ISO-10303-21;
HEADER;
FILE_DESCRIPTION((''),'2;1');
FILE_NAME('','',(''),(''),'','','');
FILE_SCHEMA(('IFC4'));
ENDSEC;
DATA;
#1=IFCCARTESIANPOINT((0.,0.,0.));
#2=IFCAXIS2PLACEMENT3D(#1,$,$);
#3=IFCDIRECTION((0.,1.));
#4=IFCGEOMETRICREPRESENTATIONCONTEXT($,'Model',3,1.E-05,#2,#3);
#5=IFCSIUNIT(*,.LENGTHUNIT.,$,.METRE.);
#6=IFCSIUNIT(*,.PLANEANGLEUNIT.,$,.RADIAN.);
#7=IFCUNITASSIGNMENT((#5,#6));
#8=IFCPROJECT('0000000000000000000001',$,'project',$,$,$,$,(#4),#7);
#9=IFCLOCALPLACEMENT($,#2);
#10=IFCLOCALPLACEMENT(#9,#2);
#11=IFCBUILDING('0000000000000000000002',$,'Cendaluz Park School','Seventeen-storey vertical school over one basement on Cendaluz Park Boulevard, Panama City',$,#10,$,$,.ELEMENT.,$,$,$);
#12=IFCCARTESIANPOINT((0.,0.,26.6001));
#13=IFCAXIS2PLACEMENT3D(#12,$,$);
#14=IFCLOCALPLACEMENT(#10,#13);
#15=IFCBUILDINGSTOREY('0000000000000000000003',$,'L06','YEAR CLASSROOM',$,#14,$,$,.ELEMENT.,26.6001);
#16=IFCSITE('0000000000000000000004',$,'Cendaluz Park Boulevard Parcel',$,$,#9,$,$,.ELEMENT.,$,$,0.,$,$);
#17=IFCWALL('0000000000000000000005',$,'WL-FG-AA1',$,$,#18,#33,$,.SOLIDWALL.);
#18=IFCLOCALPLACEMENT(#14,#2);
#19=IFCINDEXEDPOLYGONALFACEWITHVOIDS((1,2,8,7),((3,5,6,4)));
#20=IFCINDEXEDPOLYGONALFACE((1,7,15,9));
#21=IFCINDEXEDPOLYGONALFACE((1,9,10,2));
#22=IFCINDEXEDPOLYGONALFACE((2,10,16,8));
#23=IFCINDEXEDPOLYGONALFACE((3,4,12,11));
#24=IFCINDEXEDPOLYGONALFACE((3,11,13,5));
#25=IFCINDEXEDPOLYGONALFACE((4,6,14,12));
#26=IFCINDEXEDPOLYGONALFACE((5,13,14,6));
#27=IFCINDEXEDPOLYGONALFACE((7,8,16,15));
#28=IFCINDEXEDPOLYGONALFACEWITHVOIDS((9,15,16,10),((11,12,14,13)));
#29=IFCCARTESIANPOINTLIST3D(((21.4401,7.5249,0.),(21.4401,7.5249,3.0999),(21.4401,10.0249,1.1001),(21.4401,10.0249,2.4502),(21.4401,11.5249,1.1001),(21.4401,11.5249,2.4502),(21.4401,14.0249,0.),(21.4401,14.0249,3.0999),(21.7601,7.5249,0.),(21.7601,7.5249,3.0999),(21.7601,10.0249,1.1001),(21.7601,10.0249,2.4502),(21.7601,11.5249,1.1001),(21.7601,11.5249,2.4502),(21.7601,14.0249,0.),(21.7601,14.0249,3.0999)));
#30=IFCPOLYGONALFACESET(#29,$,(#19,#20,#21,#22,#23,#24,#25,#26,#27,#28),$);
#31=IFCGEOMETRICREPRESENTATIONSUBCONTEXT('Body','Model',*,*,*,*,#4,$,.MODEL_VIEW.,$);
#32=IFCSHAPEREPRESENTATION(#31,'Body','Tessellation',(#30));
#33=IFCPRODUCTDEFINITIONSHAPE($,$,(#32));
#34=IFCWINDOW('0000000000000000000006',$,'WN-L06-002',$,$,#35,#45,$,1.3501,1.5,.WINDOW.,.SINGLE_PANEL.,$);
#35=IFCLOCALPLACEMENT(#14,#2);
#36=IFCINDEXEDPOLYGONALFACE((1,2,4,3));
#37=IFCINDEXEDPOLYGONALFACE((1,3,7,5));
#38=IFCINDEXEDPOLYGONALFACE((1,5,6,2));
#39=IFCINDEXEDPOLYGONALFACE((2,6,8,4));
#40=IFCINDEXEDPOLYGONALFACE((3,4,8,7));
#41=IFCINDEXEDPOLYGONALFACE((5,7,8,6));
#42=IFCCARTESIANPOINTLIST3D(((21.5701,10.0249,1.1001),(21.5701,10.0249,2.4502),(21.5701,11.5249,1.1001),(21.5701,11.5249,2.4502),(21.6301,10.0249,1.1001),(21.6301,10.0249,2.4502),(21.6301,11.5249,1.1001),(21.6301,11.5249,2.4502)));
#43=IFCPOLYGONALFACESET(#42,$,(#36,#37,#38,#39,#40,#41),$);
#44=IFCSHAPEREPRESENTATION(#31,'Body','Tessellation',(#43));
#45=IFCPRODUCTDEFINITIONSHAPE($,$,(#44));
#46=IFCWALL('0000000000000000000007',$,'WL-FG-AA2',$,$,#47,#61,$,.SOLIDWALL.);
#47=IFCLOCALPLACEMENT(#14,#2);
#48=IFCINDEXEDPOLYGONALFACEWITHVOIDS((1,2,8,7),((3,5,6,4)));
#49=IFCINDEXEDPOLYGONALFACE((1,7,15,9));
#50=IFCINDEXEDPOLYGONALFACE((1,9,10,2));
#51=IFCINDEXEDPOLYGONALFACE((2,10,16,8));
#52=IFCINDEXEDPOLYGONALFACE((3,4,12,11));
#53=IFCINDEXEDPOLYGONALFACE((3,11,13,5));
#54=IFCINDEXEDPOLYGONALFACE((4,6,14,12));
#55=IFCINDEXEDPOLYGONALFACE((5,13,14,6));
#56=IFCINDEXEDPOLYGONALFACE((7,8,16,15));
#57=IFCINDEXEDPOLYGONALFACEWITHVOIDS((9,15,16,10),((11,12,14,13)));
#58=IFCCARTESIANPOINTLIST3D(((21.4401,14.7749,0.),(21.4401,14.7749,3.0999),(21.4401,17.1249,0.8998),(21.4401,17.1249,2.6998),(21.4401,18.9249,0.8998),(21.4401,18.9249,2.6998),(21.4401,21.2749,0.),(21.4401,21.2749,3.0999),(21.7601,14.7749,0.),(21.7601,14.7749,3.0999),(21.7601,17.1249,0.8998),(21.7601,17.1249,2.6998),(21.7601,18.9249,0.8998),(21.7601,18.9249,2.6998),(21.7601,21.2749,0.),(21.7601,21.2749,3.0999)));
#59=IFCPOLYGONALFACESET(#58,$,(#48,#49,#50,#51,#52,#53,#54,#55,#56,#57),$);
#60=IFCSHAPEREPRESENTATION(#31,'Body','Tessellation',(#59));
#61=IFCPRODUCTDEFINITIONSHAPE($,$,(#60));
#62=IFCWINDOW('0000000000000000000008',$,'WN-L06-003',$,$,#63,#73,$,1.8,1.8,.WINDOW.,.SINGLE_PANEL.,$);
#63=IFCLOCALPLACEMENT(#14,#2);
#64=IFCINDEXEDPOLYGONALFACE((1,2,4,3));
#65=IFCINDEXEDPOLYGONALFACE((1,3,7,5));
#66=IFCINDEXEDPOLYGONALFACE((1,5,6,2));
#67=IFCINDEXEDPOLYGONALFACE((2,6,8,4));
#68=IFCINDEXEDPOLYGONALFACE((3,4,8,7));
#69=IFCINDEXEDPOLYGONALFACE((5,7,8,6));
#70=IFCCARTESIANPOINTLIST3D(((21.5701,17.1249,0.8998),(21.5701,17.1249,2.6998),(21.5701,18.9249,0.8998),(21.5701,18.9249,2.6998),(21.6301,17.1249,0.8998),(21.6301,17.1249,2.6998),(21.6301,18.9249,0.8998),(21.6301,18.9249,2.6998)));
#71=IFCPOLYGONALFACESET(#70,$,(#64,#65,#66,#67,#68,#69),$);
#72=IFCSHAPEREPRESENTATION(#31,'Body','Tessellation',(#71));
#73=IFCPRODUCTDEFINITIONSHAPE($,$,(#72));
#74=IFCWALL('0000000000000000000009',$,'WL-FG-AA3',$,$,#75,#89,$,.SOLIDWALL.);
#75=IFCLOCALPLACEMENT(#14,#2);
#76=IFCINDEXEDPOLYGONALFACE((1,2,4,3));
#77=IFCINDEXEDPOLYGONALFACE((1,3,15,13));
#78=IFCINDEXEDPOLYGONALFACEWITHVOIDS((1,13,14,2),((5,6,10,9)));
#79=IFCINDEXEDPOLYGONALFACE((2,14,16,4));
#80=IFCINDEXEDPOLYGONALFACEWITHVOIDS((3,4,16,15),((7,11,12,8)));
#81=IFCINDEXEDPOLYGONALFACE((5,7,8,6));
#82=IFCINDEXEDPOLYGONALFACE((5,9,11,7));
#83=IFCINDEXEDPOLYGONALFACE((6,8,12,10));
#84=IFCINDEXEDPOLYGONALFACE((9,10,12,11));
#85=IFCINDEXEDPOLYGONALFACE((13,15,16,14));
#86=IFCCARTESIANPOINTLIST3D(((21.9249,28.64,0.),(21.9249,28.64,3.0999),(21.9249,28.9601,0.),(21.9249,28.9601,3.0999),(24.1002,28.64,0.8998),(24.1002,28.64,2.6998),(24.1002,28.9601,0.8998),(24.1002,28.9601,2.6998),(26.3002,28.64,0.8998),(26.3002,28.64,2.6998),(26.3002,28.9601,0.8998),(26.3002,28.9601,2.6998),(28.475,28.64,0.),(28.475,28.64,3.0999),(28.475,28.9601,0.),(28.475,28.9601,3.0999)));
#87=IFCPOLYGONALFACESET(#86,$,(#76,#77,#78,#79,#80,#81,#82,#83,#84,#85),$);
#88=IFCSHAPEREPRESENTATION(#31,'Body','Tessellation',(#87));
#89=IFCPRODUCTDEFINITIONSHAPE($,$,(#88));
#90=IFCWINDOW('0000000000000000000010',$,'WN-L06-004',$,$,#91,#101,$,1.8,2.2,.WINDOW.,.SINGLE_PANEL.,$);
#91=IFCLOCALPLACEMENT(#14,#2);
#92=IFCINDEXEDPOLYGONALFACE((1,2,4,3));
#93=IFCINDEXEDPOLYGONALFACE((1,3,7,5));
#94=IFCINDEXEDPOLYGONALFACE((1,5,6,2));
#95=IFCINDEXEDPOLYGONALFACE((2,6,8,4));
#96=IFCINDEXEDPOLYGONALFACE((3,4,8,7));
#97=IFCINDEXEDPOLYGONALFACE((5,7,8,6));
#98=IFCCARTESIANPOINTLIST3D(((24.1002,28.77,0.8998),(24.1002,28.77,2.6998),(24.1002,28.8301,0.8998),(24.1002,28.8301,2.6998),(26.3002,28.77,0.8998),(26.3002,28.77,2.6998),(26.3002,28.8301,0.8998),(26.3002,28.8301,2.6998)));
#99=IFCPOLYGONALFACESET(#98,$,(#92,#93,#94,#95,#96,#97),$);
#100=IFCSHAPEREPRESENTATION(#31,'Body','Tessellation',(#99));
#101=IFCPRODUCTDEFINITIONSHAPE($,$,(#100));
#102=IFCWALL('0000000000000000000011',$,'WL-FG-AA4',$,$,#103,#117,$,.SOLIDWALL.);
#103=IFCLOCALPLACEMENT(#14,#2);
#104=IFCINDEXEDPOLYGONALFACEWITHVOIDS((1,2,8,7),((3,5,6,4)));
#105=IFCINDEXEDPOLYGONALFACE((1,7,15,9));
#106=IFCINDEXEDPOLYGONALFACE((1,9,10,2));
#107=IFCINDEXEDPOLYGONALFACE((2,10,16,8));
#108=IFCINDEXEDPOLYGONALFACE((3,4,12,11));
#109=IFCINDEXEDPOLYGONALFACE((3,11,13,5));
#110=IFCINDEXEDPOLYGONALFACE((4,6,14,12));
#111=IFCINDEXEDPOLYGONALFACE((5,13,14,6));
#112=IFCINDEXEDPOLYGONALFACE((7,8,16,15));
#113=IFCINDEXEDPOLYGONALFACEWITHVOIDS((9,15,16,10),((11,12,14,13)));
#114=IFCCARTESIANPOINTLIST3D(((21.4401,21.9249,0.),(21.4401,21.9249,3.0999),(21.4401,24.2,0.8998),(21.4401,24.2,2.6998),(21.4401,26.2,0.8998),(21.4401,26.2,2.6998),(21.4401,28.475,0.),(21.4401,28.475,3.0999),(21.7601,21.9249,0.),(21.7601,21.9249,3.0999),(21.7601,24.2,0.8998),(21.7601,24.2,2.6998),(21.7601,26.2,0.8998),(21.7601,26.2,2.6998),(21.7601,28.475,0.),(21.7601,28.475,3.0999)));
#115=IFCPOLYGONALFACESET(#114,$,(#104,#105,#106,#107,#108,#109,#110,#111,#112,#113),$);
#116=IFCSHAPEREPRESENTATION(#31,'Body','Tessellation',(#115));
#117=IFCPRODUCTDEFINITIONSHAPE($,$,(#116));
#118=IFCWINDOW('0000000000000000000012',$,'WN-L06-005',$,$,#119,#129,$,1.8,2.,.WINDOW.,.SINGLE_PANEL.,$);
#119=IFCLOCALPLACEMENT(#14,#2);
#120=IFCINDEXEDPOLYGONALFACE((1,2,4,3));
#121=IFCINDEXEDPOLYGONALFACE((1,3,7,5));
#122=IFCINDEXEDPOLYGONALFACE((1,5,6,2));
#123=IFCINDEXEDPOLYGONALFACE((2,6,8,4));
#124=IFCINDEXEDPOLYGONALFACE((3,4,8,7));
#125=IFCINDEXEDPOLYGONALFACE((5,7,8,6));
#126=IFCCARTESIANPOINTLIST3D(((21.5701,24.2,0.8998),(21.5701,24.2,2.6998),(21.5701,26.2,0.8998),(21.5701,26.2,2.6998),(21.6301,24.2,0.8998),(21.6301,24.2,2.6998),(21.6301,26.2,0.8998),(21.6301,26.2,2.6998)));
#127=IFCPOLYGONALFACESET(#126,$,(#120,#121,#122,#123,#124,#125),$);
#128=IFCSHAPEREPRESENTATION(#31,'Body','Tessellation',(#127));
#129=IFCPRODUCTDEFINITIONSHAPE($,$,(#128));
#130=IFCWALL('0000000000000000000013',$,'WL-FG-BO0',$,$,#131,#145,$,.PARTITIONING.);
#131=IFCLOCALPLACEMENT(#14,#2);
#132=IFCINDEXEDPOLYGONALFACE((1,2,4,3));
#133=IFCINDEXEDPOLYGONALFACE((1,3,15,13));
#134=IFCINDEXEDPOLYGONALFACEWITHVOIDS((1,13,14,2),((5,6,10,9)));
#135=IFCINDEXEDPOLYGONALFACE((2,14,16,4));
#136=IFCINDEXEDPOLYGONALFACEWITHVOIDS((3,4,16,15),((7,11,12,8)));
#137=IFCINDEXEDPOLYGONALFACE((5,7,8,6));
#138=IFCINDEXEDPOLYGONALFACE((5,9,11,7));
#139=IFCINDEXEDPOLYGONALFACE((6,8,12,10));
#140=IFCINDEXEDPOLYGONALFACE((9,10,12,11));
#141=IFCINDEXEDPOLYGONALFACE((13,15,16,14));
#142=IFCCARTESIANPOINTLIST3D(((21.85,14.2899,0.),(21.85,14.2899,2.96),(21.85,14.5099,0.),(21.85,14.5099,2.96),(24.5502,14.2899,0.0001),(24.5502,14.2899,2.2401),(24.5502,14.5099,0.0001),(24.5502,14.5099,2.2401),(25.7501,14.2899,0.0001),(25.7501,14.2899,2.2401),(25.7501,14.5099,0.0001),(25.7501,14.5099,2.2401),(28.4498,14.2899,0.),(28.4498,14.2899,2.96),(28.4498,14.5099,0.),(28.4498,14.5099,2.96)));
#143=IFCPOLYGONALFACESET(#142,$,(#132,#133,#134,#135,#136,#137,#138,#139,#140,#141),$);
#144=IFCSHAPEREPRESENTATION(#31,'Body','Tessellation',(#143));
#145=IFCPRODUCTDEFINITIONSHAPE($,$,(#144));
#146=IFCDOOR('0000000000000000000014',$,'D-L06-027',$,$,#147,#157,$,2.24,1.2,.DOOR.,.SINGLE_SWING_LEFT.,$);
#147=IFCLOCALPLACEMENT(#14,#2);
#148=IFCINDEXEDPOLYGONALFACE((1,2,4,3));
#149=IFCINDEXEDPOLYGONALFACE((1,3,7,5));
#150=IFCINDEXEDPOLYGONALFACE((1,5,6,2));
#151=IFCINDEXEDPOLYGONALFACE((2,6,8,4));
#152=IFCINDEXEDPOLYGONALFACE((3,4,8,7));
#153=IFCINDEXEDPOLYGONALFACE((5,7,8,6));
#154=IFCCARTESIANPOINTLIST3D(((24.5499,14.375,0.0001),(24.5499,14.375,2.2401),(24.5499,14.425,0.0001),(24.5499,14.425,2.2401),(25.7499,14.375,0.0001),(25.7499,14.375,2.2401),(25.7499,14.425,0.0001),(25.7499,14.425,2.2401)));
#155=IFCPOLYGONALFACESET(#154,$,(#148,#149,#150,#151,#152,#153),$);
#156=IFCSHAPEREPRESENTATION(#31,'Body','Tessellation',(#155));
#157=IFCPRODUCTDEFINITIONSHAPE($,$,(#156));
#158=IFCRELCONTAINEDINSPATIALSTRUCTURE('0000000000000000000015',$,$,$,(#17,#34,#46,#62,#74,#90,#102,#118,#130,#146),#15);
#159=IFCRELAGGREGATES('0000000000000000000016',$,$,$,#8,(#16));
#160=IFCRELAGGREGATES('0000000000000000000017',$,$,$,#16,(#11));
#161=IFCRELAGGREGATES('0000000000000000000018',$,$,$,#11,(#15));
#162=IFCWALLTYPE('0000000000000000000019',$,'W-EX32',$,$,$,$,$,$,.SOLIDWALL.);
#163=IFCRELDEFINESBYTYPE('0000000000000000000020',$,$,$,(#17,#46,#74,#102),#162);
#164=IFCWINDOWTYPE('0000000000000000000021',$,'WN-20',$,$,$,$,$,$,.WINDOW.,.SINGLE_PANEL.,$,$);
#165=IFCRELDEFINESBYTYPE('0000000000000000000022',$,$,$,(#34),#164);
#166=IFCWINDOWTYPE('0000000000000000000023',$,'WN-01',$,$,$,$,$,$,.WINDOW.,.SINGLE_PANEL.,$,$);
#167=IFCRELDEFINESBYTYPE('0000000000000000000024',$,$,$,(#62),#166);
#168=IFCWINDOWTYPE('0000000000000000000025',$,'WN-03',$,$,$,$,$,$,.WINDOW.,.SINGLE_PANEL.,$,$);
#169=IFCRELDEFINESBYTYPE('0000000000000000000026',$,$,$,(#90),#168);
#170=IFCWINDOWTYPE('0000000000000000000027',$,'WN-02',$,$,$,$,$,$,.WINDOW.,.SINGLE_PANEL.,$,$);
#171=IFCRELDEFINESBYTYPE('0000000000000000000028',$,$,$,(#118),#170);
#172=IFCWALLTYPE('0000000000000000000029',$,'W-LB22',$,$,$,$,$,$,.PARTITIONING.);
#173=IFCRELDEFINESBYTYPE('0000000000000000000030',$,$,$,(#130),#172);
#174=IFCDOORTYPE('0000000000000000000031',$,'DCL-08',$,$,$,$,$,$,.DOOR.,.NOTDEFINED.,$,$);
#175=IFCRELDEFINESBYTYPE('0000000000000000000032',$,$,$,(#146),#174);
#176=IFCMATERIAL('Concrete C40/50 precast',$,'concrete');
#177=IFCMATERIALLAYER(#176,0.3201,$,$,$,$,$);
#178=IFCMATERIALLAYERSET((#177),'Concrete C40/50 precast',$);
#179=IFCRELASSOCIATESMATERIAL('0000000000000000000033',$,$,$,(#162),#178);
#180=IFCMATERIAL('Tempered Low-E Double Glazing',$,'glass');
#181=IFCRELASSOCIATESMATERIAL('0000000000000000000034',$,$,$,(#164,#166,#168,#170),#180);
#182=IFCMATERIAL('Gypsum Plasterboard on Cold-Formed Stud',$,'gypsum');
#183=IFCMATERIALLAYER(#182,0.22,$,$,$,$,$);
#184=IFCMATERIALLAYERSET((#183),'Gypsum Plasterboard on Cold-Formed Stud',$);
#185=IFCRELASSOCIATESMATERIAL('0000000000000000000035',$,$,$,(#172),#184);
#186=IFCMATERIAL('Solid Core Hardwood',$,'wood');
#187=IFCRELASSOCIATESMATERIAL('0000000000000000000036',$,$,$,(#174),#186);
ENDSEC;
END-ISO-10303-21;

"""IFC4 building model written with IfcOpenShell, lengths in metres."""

from ifc_helpers import new_model, si_unit, direction, frame, frame_2d, origin, place, context, subcontext, project, spatial, rectangle, extrude, material, layer, layer_set, type_object, element, fill, save


model = new_model("IFC4")

# Units and contexts
model_context = context("Model", 3, precision=1e-05, world=origin(), true_north=direction((0.0, 1.0)))
body_context = subcontext(model_context, "Body", "Model", "MODEL_VIEW")
ifc_project = project(units=[si_unit("LENGTHUNIT", "METRE"), si_unit("PLANEANGLEUNIT", "RADIAN")], contexts=[model_context])

# Site, building, storey
site_placement = place(None, origin())
site = spatial("IfcSite", under=ifc_project, at=site_placement, Name="Cendaluz Park Boulevard Parcel", CompositionType="ELEMENT", RefElevation=0.0)
building_placement = place(site_placement, origin())
building = spatial("IfcBuilding", under=site, at=building_placement, Name="Cendaluz Park School", Description="Seventeen-storey vertical school over one basement on Cendaluz Park Boulevard, Panama City", CompositionType="ELEMENT")
storey_placement = place(building_placement, frame((0.0, 0.0, 26.6001)))
storey = spatial("IfcBuildingStorey", under=building, at=storey_placement, Name="L06", Description="YEAR CLASSROOM", CompositionType="ELEMENT", Elevation=26.6001)

# Walls, openings, windows
ifc_material_1 = material(Name="Concrete C40/50 precast", Category="concrete")
ifc_layer_1 = layer(ifc_material_1, 0.3201)
ifc_layer_set_1 = layer_set([ifc_layer_1], Name="Concrete C40/50 precast")
wall_type_1 = type_object("IfcWallType", Name="W-EX32", PredefinedType="SOLIDWALL", material=ifc_layer_set_1)
ifc_material_2 = material(Name="Tempered Low-E Double Glazing", Category="glass")
window_type_1 = type_object("IfcWindowType", Name="WN-20", PartitioningType="SINGLE_PANEL", PredefinedType="WINDOW", material=ifc_material_2)
wall_1_placement = place(storey_placement, frame((21.6001, 7.5249, 0.0), z_axis=(0.0, 0.0, 1.0), x_axis=(0.0, 1.0, 0.0)))
wall_1 = element("IfcWall", 1, at=wall_1_placement, inside=storey, type_object=wall_type_1, Name="WL-FG-AA1", PredefinedType="SOLIDWALL", context=body_context, shape_type="SweptSolid", body=[
    extrude(rectangle(XDim=6.5, YDim=0.3201, at=frame_2d((3.25, 0.0))), origin(), (0.0, 0.0, 1.0), 3.0999),
])
opening_1_placement = place(wall_1_placement, frame((2.5, 0.0, 1.1001)))
opening_1 = element("IfcOpeningElement", 2, at=opening_1_placement, cuts=wall_1, PredefinedType="OPENING", context=body_context, shape_type="SweptSolid", body=[
    extrude(rectangle(XDim=1.5, YDim=1.3501, at=frame_2d((0.75, 0.675))), frame((0.0, 0.1721, 0.0), z_axis=(0.0, -1.0, 0.0), x_axis=(1.0, 0.0, 0.0)), (0.0, 0.0, 1.0), 0.344),
])
window_1_placement = place(opening_1_placement, origin())
window_1 = element("IfcWindow", 3, at=window_1_placement, inside=storey, type_object=window_type_1, Name="WN-L06-002", OverallHeight=1.3501, OverallWidth=1.5, PartitioningType="SINGLE_PANEL", PredefinedType="WINDOW", context=body_context, shape_type="SweptSolid", body=[
    extrude(rectangle(XDim=1.5, YDim=1.3501, at=frame_2d((0.75, 0.675))), frame((0.0, 0.03, 0.0), z_axis=(0.0, -1.0, 0.0), x_axis=(1.0, 0.0, 0.0)), (0.0, 0.0, 1.0), 0.0601),
])
fill(opening_1, window_1)
wall_2_placement = place(storey_placement, frame((21.6001, 14.7749, 0.0), z_axis=(0.0, 0.0, 1.0), x_axis=(0.0, 1.0, 0.0)))
wall_2 = element("IfcWall", 4, at=wall_2_placement, inside=storey, type_object=wall_type_1, Name="WL-FG-AA2", PredefinedType="SOLIDWALL", context=body_context, shape_type="SweptSolid", body=[
    extrude(rectangle(XDim=6.5, YDim=0.3201, at=frame_2d((3.25, 0.0))), origin(), (0.0, 0.0, 1.0), 3.0999),
])
opening_2_placement = place(wall_2_placement, frame((2.3501, 0.0, 0.8999)))
opening_2 = element("IfcOpeningElement", 5, at=opening_2_placement, cuts=wall_2, PredefinedType="OPENING", context=body_context, shape_type="SweptSolid", body=[
    extrude(rectangle(XDim=1.8, YDim=1.8, at=frame_2d((0.8999, 0.8999))), frame((0.0, 0.1721, 0.0), z_axis=(0.0, -1.0, 0.0), x_axis=(1.0, 0.0, 0.0)), (0.0, 0.0, 1.0), 0.344),
])
window_type_2 = type_object("IfcWindowType", Name="WN-01", PartitioningType="SINGLE_PANEL", PredefinedType="WINDOW", material=ifc_material_2)
window_2_placement = place(opening_2_placement, origin())
window_2 = element("IfcWindow", 6, at=window_2_placement, inside=storey, type_object=window_type_2, Name="WN-L06-003", OverallHeight=1.8, OverallWidth=1.8, PartitioningType="SINGLE_PANEL", PredefinedType="WINDOW", context=body_context, shape_type="SweptSolid", body=[
    extrude(rectangle(XDim=1.8, YDim=1.8, at=frame_2d((0.8999, 0.8999))), frame((0.0, 0.03, 0.0), z_axis=(0.0, -1.0, 0.0), x_axis=(1.0, 0.0, 0.0)), (0.0, 0.0, 1.0), 0.0601),
])
fill(opening_2, window_2)
wall_3_placement = place(storey_placement, frame((21.925, 28.8, 0.0), z_axis=(0.0, 0.0, 1.0), x_axis=(1.0, 0.0, 0.0)))
wall_3 = element("IfcWall", 7, at=wall_3_placement, inside=storey, type_object=wall_type_1, Name="WL-FG-AA3", PredefinedType="SOLIDWALL", context=body_context, shape_type="SweptSolid", body=[
    extrude(rectangle(XDim=6.55, YDim=0.3201, at=frame_2d((3.2749, 0.0))), origin(), (0.0, 0.0, 1.0), 3.0999),
])
opening_3_placement = place(wall_3_placement, frame((2.175, 0.0, 0.8999)))
opening_3 = element("IfcOpeningElement", 8, at=opening_3_placement, cuts=wall_3, PredefinedType="OPENING", context=body_context, shape_type="SweptSolid", body=[
    extrude(rectangle(XDim=2.2, YDim=1.8, at=frame_2d((1.1001, 0.8999))), frame((0.0, 0.1721, 0.0), z_axis=(0.0, -1.0, 0.0), x_axis=(1.0, 0.0, 0.0)), (0.0, 0.0, 1.0), 0.344),
])
window_type_3 = type_object("IfcWindowType", Name="WN-03", PartitioningType="SINGLE_PANEL", PredefinedType="WINDOW", material=ifc_material_2)
window_3_placement = place(opening_3_placement, origin())
window_3 = element("IfcWindow", 9, at=window_3_placement, inside=storey, type_object=window_type_3, Name="WN-L06-004", OverallHeight=1.8, OverallWidth=2.2, PartitioningType="SINGLE_PANEL", PredefinedType="WINDOW", context=body_context, shape_type="SweptSolid", body=[
    extrude(rectangle(XDim=2.2, YDim=1.8, at=frame_2d((1.1001, 0.8999))), frame((0.0, 0.03, 0.0), z_axis=(0.0, -1.0, 0.0), x_axis=(1.0, 0.0, 0.0)), (0.0, 0.0, 1.0), 0.0601),
])
fill(opening_3, window_3)
wall_4_placement = place(storey_placement, frame((21.6001, 21.925, 0.0), z_axis=(0.0, 0.0, 1.0), x_axis=(0.0, 1.0, 0.0)))
wall_4 = element("IfcWall", 10, at=wall_4_placement, inside=storey, type_object=wall_type_1, Name="WL-FG-AA4", PredefinedType="SOLIDWALL", context=body_context, shape_type="SweptSolid", body=[
    extrude(rectangle(XDim=6.55, YDim=0.3201, at=frame_2d((3.2749, 0.0))), origin(), (0.0, 0.0, 1.0), 3.0999),
])
opening_4_placement = place(wall_4_placement, frame((2.2749, 0.0, 0.8999)))
opening_4 = element("IfcOpeningElement", 11, at=opening_4_placement, cuts=wall_4, PredefinedType="OPENING", context=body_context, shape_type="SweptSolid", body=[
    extrude(rectangle(XDim=2.0, YDim=1.8, at=frame_2d((1.0, 0.8999))), frame((0.0, 0.1721, 0.0), z_axis=(0.0, -1.0, 0.0), x_axis=(1.0, 0.0, 0.0)), (0.0, 0.0, 1.0), 0.344),
])
window_type_4 = type_object("IfcWindowType", Name="WN-02", PartitioningType="SINGLE_PANEL", PredefinedType="WINDOW", material=ifc_material_2)
window_4_placement = place(opening_4_placement, origin())
window_4 = element("IfcWindow", 12, at=window_4_placement, inside=storey, type_object=window_type_4, Name="WN-L06-005", OverallHeight=1.8, OverallWidth=2.0, PartitioningType="SINGLE_PANEL", PredefinedType="WINDOW", context=body_context, shape_type="SweptSolid", body=[
    extrude(rectangle(XDim=2.0, YDim=1.8, at=frame_2d((1.0, 0.8999))), frame((0.0, 0.03, 0.0), z_axis=(0.0, -1.0, 0.0), x_axis=(1.0, 0.0, 0.0)), (0.0, 0.0, 1.0), 0.0601),
])
fill(opening_4, window_4)

# Wall, opening, door
ifc_material_3 = material(Name="Gypsum Plasterboard on Cold-Formed Stud", Category="gypsum")
ifc_layer_2 = layer(ifc_material_3, 0.22)
ifc_layer_set_2 = layer_set([ifc_layer_2], Name="Gypsum Plasterboard on Cold-Formed Stud")
wall_type_2 = type_object("IfcWallType", Name="W-LB22", PredefinedType="PARTITIONING", material=ifc_layer_set_2)
wall_5_placement = place(storey_placement, frame((21.8501, 14.3999, 0.0), z_axis=(0.0, 0.0, 1.0), x_axis=(1.0, 0.0, 0.0)))
wall_5 = element("IfcWall", 13, at=wall_5_placement, inside=storey, type_object=wall_type_2, Name="WL-FG-BO0", PredefinedType="PARTITIONING", context=body_context, shape_type="SweptSolid", body=[
    extrude(rectangle(XDim=6.5999, YDim=0.22, at=frame_2d((3.2998, 0.0))), origin(), (0.0, 0.0, 1.0), 2.96),
])
opening_5_placement = place(wall_5_placement, frame((2.7, 0.0, 0.0)))
opening_5 = element("IfcOpeningElement", 14, at=opening_5_placement, cuts=wall_5, PredefinedType="OPENING", context=body_context, shape_type="SweptSolid", body=[
    extrude(rectangle(XDim=1.2, YDim=2.24, at=frame_2d((0.6001, 1.1201))), frame((0.0, 0.1221, 0.0), z_axis=(0.0, -1.0, 0.0), x_axis=(1.0, 0.0, 0.0)), (0.0, 0.0, 1.0), 0.2439),
])
ifc_material_4 = material(Name="Solid Core Hardwood", Category="wood")
door_type = type_object("IfcDoorType", Name="DCL-08", OperationType="NOTDEFINED", PredefinedType="DOOR", material=ifc_material_4)
door_placement = place(opening_5_placement, frame((1.2, 0.0, 0.0), z_axis=(0.0, 0.0, 1.0), x_axis=(-1.0, 0.0, 0.0)))
door = element("IfcDoor", 15, at=door_placement, inside=storey, type_object=door_type, Name="D-L06-027", OperationType="SINGLE_SWING_LEFT", OverallHeight=2.24, OverallWidth=1.2, PredefinedType="DOOR", context=body_context, shape_type="SweptSolid", body=[
    extrude(rectangle(XDim=1.2, YDim=2.24, at=frame_2d((0.6001, 1.1201))), frame((0.0, 0.0249, 0.0), z_axis=(0.0, -1.0, 0.0), x_axis=(1.0, 0.0, 0.0)), (0.0, 0.0, 1.0), 0.05),
])
fill(opening_5, door)

save(model, "model.ifc")
